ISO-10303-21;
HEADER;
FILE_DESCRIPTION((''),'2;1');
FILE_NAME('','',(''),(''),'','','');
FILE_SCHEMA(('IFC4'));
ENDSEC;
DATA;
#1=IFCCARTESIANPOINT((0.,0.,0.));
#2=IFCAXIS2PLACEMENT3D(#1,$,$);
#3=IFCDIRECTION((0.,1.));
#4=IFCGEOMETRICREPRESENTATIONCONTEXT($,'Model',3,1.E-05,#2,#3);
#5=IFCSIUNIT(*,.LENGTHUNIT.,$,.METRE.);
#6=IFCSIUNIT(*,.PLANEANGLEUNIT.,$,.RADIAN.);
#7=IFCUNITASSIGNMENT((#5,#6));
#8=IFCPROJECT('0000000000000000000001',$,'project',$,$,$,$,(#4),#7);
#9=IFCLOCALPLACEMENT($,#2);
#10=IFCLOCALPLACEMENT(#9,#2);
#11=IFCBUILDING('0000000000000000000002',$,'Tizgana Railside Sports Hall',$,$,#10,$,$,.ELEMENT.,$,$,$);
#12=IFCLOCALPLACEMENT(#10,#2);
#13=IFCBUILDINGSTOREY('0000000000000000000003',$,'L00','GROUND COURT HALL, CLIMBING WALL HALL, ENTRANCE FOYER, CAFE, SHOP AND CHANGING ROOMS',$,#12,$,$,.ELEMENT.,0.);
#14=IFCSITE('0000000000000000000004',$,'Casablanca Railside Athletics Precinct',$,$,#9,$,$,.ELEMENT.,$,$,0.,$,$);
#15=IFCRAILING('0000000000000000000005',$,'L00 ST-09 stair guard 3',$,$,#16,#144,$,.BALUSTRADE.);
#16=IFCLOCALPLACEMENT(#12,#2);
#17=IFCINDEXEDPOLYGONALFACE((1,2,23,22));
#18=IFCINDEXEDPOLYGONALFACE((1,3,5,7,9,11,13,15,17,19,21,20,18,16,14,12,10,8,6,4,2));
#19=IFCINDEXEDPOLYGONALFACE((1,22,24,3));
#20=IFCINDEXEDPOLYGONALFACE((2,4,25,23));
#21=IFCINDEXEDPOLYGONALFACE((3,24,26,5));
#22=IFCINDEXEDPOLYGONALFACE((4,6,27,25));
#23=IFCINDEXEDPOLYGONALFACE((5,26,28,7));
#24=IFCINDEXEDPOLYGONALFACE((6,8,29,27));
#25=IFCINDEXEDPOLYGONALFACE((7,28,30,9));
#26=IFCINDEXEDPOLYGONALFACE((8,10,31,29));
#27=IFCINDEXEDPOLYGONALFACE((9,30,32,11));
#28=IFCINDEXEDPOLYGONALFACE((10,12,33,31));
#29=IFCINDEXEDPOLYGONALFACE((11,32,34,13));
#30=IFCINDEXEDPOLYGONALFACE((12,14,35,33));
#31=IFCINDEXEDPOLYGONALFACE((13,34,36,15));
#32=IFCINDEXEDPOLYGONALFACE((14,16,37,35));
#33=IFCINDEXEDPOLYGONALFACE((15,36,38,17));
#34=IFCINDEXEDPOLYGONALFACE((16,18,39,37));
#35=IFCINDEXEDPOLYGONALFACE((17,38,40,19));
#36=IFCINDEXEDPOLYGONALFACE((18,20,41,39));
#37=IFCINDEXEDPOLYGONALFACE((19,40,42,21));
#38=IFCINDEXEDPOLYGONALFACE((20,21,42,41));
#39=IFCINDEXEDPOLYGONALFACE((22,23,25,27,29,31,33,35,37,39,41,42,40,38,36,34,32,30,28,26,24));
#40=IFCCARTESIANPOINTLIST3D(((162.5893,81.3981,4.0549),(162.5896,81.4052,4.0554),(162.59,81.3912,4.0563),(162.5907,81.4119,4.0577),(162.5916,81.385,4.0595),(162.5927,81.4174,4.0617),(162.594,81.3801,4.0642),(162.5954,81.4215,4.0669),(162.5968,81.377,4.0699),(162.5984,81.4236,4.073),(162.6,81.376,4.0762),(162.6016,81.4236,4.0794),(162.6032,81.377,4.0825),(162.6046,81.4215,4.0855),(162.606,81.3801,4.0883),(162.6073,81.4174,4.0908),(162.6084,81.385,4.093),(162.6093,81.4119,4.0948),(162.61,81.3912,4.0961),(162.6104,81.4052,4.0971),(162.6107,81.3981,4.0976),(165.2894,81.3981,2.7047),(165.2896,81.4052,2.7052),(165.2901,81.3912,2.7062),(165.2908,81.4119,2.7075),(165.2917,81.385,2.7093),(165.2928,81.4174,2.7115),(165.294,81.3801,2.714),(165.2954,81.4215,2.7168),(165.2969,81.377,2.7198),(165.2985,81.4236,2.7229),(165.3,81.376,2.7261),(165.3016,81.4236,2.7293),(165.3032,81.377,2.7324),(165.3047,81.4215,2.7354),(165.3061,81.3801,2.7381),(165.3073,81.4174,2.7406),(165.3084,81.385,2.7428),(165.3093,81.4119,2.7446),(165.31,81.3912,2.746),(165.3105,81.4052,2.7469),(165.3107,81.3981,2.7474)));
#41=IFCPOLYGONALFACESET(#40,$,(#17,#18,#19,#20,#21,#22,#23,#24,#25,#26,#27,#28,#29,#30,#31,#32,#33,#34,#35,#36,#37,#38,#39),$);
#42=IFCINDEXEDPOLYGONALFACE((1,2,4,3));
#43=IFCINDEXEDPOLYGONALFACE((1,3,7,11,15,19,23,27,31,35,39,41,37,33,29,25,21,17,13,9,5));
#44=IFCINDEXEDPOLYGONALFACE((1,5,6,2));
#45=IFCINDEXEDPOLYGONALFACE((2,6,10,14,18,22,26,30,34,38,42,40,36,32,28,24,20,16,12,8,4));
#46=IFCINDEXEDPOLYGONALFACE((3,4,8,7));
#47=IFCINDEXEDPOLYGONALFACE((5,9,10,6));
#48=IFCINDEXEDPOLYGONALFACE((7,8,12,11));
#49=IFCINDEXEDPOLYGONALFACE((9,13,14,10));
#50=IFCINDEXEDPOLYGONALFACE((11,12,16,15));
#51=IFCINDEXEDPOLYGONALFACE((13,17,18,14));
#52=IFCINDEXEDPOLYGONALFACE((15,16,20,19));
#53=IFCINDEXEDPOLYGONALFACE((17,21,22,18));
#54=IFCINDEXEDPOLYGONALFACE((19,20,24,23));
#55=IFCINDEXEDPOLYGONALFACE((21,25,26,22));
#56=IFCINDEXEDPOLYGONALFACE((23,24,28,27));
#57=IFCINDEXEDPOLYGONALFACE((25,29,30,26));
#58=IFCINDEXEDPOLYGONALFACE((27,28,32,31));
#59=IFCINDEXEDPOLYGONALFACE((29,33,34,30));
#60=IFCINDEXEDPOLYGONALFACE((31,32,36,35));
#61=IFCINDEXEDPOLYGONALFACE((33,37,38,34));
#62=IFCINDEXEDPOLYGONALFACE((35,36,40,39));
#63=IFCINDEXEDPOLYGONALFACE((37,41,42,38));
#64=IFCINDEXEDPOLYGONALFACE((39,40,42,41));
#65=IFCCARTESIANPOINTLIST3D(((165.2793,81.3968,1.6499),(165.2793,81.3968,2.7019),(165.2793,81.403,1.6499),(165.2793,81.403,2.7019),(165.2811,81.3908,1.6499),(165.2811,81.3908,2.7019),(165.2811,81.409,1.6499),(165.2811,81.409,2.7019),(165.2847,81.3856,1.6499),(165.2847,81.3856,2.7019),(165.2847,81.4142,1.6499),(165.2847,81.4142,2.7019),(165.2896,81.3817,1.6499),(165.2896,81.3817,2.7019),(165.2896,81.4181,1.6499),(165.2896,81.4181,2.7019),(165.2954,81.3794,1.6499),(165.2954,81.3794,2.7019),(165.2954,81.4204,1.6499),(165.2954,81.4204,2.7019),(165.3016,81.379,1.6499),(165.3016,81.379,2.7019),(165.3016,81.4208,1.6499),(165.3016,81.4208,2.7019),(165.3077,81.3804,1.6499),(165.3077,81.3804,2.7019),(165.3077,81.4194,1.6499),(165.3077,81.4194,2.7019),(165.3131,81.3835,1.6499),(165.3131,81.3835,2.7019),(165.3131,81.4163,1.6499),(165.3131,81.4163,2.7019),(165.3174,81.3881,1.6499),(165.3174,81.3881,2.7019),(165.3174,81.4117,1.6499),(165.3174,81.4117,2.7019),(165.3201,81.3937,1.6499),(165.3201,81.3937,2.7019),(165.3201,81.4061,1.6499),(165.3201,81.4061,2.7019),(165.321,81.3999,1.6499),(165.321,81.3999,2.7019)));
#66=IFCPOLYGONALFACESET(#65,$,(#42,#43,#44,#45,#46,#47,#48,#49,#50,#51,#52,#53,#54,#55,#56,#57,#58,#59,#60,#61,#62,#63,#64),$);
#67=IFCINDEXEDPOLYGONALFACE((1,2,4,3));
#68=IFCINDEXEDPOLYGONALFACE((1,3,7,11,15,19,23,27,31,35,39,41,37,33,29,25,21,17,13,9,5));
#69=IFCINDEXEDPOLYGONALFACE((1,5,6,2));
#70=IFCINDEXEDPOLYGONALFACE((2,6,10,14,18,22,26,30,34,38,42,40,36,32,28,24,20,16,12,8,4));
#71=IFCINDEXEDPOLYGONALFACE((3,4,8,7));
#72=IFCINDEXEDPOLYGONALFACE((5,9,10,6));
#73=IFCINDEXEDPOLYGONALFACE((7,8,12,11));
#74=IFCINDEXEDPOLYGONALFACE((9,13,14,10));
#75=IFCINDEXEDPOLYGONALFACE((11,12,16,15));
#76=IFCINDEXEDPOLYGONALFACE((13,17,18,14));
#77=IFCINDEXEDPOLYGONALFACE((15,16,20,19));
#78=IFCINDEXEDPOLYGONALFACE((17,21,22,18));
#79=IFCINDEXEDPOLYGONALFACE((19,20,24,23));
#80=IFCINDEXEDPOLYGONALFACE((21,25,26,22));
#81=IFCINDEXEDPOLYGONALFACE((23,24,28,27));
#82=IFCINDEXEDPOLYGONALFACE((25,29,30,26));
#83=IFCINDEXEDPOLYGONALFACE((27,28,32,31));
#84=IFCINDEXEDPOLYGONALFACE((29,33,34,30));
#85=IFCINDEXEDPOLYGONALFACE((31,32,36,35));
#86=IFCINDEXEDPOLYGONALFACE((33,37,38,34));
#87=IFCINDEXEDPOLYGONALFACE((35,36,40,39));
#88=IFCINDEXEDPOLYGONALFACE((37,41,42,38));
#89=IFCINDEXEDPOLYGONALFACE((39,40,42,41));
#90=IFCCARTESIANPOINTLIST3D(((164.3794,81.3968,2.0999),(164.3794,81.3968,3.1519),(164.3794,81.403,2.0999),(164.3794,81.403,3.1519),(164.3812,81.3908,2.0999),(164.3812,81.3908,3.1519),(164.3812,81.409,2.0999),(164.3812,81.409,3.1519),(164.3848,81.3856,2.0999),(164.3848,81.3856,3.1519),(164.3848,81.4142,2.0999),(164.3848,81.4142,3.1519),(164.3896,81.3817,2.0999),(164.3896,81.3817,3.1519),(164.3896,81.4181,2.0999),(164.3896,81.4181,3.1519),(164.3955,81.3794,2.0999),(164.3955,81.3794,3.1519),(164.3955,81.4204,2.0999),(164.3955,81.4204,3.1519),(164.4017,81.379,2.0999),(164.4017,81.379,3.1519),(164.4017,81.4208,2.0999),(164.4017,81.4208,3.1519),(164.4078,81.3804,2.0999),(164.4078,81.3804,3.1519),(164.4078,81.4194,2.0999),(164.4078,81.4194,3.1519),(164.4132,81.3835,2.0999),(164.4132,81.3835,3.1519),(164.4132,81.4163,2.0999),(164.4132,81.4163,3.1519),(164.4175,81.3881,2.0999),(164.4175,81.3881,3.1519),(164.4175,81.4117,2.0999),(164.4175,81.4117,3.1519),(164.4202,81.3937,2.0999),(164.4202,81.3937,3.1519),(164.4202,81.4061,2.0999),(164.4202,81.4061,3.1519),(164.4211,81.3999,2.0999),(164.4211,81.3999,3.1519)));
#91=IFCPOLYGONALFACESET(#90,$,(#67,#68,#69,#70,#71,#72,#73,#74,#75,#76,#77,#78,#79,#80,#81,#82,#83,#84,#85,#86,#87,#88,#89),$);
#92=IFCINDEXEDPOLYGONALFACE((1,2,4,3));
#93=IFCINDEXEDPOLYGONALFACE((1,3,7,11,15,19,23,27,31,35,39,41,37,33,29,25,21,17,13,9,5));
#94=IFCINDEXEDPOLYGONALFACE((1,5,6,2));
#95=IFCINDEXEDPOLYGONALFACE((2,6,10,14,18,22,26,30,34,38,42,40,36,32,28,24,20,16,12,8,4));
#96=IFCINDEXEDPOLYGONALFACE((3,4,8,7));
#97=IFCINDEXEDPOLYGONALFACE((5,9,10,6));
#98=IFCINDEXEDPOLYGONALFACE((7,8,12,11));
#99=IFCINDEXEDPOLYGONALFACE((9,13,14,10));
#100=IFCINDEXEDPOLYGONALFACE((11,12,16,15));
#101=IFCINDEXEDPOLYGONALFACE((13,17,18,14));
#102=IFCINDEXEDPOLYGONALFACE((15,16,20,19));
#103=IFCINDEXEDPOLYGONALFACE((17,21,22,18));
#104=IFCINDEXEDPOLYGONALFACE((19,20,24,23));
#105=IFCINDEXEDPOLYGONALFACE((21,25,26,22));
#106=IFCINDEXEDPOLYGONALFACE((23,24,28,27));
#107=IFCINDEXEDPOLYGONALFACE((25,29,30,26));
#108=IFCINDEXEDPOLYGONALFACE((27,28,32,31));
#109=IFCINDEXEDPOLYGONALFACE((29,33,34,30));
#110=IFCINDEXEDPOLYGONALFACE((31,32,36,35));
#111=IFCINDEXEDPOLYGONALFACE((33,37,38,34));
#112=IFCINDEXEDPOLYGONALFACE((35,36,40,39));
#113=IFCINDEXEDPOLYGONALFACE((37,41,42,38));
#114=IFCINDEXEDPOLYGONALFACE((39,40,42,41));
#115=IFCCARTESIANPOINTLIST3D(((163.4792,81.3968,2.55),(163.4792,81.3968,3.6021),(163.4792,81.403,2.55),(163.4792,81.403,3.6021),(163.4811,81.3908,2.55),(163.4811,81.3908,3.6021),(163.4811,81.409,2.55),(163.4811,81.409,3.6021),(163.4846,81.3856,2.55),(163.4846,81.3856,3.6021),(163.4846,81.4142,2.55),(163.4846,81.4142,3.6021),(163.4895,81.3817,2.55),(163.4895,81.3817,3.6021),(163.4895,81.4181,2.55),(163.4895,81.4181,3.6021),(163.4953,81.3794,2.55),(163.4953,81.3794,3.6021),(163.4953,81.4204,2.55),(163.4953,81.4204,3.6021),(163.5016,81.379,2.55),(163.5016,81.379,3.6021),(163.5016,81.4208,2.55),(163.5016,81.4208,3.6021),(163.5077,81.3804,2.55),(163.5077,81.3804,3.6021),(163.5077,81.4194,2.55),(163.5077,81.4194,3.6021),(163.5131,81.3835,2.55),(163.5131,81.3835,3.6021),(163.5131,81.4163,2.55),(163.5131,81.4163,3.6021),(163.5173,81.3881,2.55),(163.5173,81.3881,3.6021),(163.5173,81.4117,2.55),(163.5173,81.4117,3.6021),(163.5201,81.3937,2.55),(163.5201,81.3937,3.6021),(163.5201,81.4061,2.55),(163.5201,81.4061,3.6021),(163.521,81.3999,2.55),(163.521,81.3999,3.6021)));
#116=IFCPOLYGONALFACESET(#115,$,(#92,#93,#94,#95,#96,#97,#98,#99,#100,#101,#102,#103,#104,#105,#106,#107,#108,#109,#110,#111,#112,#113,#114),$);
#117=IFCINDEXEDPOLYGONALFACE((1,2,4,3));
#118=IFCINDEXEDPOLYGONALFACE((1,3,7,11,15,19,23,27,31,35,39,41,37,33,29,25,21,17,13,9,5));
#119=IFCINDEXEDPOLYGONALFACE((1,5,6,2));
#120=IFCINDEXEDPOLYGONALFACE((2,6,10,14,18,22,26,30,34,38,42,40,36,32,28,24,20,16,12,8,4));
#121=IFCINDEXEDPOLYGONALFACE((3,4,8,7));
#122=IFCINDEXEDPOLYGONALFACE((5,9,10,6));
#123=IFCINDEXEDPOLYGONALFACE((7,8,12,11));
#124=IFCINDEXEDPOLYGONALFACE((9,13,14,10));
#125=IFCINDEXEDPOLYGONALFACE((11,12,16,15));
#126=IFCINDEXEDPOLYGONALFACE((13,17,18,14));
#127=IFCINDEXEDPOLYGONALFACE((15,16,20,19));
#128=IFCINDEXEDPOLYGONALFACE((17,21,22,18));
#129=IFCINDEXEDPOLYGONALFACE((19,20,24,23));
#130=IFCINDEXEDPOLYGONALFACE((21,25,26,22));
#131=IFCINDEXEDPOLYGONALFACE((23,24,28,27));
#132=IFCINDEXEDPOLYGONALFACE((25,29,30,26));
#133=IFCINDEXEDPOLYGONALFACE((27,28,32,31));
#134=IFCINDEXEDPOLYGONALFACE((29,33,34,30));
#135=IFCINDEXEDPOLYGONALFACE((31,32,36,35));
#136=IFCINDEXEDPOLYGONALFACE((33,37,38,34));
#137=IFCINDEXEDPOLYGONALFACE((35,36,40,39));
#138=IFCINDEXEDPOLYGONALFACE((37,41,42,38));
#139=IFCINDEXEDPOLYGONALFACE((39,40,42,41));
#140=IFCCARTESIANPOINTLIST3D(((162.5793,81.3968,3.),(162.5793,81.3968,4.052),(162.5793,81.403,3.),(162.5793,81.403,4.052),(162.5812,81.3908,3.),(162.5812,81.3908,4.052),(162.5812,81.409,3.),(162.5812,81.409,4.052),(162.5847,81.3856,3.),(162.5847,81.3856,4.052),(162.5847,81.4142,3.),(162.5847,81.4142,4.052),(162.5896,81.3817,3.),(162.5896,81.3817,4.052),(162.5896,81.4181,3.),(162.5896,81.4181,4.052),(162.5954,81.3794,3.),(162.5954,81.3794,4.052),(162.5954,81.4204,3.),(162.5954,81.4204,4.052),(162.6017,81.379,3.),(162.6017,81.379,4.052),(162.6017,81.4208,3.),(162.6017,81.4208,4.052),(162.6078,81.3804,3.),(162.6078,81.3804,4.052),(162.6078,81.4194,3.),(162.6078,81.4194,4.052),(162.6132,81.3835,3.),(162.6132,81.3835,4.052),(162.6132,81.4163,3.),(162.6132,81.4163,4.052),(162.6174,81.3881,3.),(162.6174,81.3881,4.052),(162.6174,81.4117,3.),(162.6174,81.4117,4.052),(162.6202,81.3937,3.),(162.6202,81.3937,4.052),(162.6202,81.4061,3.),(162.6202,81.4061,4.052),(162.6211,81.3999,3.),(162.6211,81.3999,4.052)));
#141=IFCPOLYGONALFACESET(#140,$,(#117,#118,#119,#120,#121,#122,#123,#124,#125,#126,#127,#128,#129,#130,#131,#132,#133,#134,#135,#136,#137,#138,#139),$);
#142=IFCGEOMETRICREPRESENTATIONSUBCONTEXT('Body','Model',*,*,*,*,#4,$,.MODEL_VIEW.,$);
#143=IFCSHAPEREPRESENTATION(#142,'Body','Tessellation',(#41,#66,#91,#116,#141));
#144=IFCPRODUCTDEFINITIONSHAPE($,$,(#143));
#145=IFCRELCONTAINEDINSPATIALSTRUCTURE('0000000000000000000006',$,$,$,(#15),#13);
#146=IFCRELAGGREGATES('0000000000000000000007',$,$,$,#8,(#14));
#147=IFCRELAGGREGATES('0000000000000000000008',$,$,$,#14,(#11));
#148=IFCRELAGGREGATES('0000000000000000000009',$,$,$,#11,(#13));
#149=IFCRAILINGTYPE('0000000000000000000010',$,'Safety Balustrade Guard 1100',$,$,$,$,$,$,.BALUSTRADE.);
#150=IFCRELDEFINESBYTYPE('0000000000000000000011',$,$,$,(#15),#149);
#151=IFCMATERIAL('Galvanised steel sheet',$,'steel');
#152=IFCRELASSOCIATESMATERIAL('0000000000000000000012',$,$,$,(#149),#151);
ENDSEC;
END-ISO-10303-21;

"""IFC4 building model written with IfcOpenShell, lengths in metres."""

from ifc_helpers import new_model, si_unit, direction, frame, origin, origin_2d, place, context, subcontext, project, spatial, circle, extrude, material, type_object, element, save


model = new_model("IFC4")

# Units and contexts
model_context = context("Model", 3, precision=1e-05, world=origin(), true_north=direction((0.0, 1.0)))
body_context = subcontext(model_context, "Body", "Model", "MODEL_VIEW")
ifc_project = project(units=[si_unit("LENGTHUNIT", "METRE"), si_unit("PLANEANGLEUNIT", "RADIAN")], contexts=[model_context])

# Site, building, storey
site_placement = place(None, origin())
site = spatial("IfcSite", under=ifc_project, at=site_placement, Name="Casablanca Railside Athletics Precinct", CompositionType="ELEMENT", RefElevation=0.0)
building_placement = place(site_placement, origin())
building = spatial("IfcBuilding", under=site, at=building_placement, Name="Tizgana Railside Sports Hall", CompositionType="ELEMENT")
storey_placement = place(building_placement, origin())
storey = spatial("IfcBuildingStorey", under=building, at=storey_placement, Name="L00", Description="GROUND COURT HALL, CLIMBING WALL HALL, ENTRANCE FOYER, CAFE, SHOP AND CHANGING ROOMS", CompositionType="ELEMENT", Elevation=0.0)

# Railing
ifc_material_1 = material(Name="Galvanised steel sheet", Category="steel")
railing_type_1 = type_object("IfcRailingType", Name="Safety Balustrade Guard 1100", PredefinedType="BALUSTRADE", material=ifc_material_1)
railing_1_placement = place(storey_placement, frame((165.3, 81.3999, 1.6499)))
element("IfcRailing", 1, at=railing_1_placement, inside=storey, type_object=railing_type_1, Name="L00 ST-09 stair guard 3", PredefinedType="BALUSTRADE", context=body_context, shape_type="SweptSolid", body=[
    extrude(circle(Radius=0.0239, at=origin_2d()), frame((0.0, 0.0, 1.0762), z_axis=(-0.894411, 0.0, 0.447246), x_axis=(0.0, -1.0, 0.0)), (0.0, 0.0, 1.0), 3.0188),
    extrude(circle(Radius=0.021, at=origin_2d()), origin(), (0.0, 0.0, 1.0), 1.052),
    extrude(circle(Radius=0.021, at=origin_2d()), frame((-0.8999, 0.0, 0.45)), (0.0, 0.0, 1.0), 1.052),
    extrude(circle(Radius=0.021, at=origin_2d()), frame((-1.8, 0.0, 0.9001)), (0.0, 0.0, 1.0), 1.052),
    extrude(circle(Radius=0.021, at=origin_2d()), frame((-2.7, 0.0, 1.3501)), (0.0, 0.0, 1.0), 1.052),
])

save(model, "model.ifc")
